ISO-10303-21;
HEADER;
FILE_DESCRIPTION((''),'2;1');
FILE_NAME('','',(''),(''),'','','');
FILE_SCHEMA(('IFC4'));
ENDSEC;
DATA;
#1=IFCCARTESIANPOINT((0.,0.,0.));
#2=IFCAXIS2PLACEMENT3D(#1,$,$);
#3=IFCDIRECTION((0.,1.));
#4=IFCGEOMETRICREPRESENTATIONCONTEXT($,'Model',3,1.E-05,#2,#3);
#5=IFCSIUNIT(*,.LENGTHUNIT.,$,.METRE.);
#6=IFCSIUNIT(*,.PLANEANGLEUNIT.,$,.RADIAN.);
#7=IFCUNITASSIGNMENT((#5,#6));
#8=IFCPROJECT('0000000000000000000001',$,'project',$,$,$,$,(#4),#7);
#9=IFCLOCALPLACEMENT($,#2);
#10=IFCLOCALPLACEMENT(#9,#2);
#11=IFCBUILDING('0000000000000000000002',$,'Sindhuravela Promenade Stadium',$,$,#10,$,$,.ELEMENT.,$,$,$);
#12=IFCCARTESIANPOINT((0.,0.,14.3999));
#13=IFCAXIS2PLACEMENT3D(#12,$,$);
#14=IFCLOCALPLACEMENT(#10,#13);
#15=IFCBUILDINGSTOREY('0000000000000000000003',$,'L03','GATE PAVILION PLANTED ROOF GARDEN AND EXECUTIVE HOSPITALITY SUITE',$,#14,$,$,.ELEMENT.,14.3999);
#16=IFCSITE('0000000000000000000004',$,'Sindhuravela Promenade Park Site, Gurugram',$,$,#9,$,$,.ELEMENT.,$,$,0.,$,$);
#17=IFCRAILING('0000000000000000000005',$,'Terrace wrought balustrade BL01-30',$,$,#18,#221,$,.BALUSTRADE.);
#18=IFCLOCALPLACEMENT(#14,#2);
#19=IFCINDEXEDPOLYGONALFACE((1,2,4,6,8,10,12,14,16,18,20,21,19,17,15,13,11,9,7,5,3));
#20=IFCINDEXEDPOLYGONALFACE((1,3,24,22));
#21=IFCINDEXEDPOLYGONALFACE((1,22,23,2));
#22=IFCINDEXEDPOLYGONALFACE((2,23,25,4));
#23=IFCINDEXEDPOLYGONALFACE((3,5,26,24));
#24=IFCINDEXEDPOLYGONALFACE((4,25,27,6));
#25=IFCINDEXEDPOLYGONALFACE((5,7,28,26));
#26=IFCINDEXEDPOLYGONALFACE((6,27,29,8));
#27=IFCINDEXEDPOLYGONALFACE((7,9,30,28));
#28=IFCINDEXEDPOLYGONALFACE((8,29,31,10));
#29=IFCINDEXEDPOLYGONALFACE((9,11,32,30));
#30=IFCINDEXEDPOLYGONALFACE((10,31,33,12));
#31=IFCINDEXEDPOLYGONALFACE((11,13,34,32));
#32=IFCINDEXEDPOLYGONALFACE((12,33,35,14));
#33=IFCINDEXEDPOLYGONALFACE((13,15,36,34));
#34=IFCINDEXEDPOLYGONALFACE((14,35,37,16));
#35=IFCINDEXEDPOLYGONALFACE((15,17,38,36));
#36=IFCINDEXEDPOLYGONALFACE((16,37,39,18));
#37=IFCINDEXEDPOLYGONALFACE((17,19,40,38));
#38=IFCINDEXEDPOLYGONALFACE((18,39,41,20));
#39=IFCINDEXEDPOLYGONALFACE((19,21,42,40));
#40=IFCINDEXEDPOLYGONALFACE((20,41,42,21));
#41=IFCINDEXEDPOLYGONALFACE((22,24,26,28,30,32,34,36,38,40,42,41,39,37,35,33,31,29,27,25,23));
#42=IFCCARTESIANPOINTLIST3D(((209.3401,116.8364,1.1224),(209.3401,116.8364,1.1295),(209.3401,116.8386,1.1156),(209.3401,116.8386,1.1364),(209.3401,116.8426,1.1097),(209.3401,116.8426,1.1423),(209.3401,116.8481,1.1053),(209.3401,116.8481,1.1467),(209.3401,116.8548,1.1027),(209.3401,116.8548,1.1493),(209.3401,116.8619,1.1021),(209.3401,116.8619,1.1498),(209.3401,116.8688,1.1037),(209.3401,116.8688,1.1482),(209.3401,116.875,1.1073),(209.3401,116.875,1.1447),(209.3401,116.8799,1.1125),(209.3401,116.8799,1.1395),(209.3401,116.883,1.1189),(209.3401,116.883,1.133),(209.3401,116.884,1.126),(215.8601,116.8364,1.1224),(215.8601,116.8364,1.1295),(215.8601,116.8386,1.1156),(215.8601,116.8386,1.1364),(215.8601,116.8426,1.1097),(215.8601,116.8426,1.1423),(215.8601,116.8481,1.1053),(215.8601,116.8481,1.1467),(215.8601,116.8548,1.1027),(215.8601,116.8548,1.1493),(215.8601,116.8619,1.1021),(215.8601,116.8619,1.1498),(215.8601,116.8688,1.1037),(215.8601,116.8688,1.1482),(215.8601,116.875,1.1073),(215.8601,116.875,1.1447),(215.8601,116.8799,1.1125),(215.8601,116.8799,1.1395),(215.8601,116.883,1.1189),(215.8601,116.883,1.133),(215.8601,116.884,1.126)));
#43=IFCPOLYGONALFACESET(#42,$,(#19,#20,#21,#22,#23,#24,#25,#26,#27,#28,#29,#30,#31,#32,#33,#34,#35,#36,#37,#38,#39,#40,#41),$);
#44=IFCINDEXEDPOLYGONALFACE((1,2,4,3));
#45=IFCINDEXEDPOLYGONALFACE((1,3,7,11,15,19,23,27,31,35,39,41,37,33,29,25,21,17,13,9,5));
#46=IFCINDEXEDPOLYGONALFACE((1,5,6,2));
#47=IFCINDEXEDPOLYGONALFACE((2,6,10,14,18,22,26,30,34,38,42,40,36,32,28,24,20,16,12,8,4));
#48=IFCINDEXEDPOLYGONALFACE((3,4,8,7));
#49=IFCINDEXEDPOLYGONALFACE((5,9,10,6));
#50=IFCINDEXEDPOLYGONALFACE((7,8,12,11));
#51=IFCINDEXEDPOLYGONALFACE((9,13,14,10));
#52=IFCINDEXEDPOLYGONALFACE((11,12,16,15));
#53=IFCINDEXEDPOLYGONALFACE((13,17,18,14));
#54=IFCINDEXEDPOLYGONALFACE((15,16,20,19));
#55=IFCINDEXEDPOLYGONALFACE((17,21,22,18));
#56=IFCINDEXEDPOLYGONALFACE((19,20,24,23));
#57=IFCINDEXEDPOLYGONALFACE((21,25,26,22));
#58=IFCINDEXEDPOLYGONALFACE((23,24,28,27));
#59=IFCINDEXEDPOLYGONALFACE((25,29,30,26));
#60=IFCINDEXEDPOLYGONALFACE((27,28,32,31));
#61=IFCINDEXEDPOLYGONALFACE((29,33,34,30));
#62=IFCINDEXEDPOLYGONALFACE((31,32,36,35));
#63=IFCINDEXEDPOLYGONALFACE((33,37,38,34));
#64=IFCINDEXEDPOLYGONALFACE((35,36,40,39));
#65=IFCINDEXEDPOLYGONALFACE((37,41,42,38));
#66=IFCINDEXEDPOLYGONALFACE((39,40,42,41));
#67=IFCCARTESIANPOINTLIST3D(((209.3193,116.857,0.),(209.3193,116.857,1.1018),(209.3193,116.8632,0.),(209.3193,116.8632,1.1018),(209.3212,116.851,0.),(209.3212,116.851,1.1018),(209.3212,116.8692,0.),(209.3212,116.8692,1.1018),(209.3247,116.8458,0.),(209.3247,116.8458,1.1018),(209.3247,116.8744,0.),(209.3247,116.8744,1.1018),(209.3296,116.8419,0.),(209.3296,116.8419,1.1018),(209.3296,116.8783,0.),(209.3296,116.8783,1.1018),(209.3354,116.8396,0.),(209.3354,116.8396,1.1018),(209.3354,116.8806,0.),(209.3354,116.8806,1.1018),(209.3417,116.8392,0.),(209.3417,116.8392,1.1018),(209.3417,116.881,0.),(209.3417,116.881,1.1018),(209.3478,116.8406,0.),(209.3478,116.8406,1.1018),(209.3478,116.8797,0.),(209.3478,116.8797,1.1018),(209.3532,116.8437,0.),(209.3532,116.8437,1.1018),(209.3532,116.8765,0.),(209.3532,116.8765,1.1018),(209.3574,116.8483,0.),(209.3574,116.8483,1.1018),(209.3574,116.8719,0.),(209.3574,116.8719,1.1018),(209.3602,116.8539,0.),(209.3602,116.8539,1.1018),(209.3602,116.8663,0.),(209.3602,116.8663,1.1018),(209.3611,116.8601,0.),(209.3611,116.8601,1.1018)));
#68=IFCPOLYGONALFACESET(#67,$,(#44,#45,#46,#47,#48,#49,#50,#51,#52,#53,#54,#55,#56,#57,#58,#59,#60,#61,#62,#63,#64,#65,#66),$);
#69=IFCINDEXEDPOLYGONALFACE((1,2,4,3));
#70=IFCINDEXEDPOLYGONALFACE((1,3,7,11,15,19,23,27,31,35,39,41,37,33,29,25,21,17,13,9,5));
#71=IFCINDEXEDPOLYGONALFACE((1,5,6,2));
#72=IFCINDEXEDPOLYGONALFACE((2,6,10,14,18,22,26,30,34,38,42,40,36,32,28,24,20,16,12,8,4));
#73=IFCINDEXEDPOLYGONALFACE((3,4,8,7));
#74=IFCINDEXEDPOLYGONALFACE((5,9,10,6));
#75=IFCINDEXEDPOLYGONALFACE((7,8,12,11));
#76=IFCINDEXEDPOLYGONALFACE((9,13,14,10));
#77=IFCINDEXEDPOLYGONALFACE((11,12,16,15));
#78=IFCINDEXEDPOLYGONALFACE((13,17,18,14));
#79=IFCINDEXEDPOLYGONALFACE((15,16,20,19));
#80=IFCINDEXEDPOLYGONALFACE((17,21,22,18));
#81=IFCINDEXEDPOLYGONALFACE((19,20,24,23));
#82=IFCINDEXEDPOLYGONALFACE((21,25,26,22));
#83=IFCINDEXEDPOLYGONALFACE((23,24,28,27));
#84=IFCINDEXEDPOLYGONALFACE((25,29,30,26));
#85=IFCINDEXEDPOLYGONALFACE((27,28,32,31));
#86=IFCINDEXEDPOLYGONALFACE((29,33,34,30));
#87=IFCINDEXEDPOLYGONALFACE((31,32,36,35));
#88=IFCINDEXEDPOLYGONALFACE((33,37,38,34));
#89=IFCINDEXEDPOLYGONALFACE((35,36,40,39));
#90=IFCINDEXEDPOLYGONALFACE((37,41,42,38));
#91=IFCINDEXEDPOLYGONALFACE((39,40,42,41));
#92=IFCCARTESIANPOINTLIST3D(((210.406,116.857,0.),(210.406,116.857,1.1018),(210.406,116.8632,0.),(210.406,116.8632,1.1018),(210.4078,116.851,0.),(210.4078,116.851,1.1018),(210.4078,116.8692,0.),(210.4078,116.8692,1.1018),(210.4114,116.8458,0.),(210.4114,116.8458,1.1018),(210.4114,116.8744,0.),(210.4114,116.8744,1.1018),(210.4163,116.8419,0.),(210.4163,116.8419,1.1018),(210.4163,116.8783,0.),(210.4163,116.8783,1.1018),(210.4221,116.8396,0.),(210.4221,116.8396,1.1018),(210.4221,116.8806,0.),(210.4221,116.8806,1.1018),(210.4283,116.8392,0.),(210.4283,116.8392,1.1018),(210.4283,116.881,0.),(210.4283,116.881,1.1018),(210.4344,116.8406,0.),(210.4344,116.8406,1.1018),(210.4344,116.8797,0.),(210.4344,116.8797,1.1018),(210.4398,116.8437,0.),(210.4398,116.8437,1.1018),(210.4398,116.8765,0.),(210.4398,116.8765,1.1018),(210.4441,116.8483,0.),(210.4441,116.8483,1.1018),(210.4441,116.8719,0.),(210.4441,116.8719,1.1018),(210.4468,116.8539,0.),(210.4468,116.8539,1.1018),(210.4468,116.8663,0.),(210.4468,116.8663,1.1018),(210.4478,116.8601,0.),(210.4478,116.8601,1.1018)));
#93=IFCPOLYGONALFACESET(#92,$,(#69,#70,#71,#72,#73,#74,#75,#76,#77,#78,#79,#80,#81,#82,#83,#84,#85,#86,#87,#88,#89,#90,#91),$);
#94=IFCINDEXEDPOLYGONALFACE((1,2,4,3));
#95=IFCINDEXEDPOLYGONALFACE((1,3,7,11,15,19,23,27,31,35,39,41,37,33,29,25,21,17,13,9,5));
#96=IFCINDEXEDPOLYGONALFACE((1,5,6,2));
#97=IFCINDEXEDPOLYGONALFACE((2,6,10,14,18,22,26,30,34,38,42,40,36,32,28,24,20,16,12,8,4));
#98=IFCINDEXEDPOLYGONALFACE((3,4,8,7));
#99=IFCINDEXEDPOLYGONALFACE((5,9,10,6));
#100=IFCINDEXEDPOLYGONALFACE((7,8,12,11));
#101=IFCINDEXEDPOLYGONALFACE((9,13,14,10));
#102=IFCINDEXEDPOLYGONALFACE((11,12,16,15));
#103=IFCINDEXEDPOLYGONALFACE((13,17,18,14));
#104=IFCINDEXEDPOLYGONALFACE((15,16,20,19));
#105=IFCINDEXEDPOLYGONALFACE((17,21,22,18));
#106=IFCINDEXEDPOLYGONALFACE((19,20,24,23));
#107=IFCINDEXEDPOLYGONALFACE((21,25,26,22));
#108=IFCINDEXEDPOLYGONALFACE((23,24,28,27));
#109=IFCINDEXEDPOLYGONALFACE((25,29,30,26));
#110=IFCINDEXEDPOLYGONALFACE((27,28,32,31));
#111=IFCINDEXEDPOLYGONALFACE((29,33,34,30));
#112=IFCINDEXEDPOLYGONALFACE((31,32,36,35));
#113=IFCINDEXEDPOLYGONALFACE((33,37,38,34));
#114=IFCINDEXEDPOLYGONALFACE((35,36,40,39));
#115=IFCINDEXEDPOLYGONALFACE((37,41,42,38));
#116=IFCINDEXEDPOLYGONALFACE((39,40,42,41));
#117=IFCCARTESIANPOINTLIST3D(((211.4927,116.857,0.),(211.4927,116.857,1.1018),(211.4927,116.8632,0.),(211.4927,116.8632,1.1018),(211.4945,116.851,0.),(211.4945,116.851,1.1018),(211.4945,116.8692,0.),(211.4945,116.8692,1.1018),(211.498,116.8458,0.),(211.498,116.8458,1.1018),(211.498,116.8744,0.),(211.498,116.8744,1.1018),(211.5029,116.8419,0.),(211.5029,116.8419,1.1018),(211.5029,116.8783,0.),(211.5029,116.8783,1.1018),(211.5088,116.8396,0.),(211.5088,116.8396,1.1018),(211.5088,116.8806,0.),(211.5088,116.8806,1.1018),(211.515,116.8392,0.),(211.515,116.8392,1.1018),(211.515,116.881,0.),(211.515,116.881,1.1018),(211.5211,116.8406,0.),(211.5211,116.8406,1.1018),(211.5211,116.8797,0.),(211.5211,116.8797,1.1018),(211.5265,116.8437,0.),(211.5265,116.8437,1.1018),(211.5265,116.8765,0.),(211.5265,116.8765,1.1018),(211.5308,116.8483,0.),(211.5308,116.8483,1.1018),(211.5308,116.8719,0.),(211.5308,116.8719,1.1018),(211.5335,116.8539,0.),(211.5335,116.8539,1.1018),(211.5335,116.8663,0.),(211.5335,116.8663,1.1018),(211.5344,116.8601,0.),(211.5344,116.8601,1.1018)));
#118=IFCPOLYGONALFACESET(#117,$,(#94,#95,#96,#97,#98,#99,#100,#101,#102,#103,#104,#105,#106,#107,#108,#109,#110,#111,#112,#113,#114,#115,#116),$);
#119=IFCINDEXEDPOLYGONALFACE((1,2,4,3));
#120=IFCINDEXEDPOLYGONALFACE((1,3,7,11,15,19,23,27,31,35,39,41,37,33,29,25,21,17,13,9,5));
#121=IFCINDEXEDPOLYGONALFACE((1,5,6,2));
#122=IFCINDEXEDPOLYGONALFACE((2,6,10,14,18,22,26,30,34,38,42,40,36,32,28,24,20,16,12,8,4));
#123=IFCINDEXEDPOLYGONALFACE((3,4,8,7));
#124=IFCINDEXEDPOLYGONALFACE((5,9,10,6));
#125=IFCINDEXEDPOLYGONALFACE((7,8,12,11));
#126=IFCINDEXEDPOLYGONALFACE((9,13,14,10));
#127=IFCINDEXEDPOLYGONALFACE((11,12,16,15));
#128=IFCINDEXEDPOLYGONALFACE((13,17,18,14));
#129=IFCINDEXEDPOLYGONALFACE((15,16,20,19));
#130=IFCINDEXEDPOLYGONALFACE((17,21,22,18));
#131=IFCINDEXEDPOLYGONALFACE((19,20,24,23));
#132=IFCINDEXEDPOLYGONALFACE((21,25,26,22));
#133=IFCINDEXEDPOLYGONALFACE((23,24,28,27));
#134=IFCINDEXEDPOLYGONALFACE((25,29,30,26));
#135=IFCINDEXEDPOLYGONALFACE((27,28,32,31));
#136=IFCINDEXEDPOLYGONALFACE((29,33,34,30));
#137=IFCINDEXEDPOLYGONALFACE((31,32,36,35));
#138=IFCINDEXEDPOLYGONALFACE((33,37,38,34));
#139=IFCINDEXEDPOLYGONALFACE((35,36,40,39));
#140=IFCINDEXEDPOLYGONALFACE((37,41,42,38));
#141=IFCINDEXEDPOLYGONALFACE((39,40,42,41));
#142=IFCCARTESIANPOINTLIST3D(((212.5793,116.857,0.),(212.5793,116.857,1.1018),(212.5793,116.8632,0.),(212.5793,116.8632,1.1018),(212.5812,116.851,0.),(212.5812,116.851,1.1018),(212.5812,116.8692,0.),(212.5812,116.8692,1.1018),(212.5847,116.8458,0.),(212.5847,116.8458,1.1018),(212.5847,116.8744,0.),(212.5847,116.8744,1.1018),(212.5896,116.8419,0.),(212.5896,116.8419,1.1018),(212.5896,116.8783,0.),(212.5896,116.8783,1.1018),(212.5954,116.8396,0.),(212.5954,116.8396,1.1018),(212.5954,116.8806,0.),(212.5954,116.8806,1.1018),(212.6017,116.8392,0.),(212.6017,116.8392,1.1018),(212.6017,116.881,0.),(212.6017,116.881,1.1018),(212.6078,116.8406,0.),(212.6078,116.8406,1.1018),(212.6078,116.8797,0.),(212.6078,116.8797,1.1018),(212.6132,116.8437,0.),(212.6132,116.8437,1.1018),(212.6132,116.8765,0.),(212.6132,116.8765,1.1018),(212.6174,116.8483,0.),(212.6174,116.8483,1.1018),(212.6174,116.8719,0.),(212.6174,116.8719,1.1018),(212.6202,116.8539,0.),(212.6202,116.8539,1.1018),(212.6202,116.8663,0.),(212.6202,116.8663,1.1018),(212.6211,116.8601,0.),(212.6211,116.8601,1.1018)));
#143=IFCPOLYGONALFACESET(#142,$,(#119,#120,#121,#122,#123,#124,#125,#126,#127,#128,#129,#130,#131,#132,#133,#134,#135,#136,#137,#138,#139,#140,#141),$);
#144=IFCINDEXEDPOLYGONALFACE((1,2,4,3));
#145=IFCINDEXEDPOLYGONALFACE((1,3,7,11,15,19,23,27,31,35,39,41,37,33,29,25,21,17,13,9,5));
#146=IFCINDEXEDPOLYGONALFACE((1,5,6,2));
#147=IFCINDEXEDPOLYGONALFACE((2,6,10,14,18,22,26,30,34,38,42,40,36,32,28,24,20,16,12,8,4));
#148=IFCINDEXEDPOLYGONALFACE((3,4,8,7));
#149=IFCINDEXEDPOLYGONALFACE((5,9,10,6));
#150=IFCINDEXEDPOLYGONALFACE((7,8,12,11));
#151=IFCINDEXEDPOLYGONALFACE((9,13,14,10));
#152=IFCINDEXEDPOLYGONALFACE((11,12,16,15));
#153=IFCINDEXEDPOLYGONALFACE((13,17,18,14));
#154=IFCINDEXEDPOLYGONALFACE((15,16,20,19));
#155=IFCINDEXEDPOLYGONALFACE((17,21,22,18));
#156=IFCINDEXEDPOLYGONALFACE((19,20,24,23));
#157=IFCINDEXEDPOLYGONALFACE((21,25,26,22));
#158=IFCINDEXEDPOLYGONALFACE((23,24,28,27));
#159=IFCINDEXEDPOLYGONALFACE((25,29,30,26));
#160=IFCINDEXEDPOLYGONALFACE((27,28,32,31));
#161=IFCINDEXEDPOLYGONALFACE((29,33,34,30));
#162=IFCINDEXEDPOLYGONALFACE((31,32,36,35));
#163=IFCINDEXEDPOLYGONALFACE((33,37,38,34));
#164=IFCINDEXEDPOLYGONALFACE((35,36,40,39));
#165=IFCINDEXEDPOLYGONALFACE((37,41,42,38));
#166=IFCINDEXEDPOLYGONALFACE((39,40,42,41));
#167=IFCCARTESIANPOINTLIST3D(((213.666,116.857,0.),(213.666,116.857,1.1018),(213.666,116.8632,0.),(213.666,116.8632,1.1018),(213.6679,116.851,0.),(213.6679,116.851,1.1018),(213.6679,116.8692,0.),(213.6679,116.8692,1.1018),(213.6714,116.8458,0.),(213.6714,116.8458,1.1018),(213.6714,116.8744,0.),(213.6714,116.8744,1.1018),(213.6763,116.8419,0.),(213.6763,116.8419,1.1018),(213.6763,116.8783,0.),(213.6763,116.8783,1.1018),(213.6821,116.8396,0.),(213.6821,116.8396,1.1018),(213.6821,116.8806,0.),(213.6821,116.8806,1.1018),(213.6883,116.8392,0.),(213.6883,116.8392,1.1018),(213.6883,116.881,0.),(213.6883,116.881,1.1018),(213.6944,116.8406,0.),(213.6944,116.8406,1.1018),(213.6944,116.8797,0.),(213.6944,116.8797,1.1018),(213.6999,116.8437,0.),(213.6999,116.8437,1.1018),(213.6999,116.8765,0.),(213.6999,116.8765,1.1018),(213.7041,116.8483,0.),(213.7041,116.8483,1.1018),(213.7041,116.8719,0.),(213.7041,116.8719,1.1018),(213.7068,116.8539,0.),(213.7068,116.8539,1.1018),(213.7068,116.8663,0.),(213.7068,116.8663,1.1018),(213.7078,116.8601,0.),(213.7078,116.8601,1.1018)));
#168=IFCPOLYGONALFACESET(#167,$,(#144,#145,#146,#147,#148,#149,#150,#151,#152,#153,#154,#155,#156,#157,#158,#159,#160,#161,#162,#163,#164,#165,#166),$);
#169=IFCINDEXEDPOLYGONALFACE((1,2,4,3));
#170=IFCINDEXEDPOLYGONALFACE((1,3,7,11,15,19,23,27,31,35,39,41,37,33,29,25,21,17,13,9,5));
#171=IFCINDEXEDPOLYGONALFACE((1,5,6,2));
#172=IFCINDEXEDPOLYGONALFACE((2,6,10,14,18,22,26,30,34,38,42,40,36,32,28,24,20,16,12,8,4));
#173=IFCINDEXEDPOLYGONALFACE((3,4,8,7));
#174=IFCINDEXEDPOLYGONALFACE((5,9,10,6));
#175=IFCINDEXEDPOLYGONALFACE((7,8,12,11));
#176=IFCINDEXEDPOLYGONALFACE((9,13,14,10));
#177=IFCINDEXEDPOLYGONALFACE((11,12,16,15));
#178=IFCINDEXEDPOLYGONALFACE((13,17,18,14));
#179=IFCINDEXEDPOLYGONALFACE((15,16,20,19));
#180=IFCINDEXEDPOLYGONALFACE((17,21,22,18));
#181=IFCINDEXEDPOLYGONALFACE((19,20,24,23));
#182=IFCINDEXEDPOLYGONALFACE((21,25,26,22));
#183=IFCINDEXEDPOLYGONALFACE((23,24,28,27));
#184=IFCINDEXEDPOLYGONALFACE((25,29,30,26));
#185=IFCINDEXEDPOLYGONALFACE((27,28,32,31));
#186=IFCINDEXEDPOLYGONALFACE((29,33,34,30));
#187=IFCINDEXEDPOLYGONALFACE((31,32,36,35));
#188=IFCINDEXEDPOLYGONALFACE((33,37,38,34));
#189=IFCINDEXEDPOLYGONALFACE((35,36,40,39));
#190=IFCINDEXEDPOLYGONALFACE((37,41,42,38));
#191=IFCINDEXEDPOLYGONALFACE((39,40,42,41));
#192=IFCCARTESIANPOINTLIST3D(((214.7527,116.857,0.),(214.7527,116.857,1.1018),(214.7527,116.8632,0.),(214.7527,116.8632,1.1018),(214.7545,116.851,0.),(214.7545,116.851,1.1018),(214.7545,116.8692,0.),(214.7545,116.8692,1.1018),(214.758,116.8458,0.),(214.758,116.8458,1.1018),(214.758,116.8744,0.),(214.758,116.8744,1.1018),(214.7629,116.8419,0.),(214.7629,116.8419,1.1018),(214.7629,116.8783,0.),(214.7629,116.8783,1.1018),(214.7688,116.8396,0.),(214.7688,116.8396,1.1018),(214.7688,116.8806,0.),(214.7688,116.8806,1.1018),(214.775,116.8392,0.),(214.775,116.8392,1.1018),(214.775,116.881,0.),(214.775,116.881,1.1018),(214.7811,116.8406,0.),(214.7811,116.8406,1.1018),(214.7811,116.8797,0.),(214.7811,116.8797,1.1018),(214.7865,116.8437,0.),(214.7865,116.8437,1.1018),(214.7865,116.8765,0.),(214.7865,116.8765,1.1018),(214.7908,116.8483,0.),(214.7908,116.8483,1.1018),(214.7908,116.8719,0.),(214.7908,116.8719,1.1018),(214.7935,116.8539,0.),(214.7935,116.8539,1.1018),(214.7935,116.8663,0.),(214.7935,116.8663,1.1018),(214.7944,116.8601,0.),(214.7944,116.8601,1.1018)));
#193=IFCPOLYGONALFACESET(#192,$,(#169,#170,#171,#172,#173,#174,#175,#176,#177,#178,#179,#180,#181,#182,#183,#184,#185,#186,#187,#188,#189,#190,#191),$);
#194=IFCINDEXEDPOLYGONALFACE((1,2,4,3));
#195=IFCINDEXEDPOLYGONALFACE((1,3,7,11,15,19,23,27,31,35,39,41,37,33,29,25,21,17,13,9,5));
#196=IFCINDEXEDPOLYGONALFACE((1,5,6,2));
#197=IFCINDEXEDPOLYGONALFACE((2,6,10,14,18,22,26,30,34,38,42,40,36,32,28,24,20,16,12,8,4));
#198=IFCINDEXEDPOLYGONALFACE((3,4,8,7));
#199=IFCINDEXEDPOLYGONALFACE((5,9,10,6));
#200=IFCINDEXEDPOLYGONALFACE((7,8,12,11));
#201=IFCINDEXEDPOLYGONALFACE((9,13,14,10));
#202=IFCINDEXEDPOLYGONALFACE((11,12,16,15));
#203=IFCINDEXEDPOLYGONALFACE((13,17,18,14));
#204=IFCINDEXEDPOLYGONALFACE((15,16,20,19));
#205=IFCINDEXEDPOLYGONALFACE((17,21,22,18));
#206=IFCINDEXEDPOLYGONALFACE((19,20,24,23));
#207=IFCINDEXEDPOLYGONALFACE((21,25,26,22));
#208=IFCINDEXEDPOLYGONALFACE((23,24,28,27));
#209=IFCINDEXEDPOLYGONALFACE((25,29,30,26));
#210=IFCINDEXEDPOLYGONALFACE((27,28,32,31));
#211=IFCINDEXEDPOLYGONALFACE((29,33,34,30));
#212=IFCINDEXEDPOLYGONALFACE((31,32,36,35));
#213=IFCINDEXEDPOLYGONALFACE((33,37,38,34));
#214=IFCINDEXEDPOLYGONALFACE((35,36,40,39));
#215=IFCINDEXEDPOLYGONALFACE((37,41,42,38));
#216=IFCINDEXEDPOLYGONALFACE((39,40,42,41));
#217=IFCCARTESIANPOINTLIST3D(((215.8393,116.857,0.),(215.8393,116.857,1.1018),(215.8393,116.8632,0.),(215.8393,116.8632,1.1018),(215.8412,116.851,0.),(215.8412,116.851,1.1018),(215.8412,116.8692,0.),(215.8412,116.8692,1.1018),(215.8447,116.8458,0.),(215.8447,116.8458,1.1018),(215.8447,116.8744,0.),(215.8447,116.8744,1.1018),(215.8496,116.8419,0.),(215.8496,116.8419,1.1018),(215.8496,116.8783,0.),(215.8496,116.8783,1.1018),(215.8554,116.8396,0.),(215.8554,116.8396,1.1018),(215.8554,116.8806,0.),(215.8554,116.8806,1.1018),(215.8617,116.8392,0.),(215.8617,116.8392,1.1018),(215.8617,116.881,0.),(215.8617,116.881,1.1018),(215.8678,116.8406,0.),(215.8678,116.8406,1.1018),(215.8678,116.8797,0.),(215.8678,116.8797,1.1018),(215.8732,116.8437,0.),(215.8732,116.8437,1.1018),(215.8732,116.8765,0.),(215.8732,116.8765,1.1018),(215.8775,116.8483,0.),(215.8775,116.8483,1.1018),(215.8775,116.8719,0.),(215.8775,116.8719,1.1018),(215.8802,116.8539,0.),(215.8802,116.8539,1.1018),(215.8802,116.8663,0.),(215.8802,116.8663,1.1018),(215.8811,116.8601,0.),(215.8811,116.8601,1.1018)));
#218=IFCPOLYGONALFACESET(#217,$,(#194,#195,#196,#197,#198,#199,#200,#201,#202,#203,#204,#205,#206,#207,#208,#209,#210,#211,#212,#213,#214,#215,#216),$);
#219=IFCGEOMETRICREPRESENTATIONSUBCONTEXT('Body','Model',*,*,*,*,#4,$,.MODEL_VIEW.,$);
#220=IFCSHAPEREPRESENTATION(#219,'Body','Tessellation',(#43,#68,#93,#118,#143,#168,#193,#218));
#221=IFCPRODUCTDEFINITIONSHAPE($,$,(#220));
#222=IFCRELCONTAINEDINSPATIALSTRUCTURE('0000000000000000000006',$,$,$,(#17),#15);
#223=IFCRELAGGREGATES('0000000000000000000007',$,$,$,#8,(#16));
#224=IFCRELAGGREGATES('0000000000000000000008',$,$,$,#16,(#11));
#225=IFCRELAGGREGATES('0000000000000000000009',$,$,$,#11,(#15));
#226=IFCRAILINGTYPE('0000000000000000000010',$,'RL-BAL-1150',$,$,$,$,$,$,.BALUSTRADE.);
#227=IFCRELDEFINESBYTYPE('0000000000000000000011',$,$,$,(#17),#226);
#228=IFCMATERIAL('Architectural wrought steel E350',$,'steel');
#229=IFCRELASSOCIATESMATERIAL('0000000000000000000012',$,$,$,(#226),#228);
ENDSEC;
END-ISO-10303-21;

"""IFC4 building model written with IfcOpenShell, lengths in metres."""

from ifc_helpers import new_model, si_unit, direction, frame, origin, origin_2d, place, context, subcontext, project, spatial, circle, extrude, material, type_object, element, save


model = new_model("IFC4")

# Units and contexts
model_context = context("Model", 3, precision=1e-05, world=origin(), true_north=direction((0.0, 1.0)))
body_context = subcontext(model_context, "Body", "Model", "MODEL_VIEW")
ifc_project = project(units=[si_unit("LENGTHUNIT", "METRE"), si_unit("PLANEANGLEUNIT", "RADIAN")], contexts=[model_context])

# Site, building, storey
site_placement = place(None, origin())
site = spatial("IfcSite", under=ifc_project, at=site_placement, Name="Sindhuravela Promenade Park Site, Gurugram", CompositionType="ELEMENT", RefElevation=0.0)
building_placement = place(site_placement, origin())
building = spatial("IfcBuilding", under=site, at=building_placement, Name="Sindhuravela Promenade Stadium", CompositionType="ELEMENT")
storey_placement = place(building_placement, frame((0.0, 0.0, 14.3999)))
storey = spatial("IfcBuildingStorey", under=building, at=storey_placement, Name="L03", Description="GATE PAVILION PLANTED ROOF GARDEN AND EXECUTIVE HOSPITALITY SUITE", CompositionType="ELEMENT", Elevation=14.3999)

# Railing
ifc_material_1 = material(Name="Architectural wrought steel E350", Category="steel")
railing_type = type_object("IfcRailingType", Name="RL-BAL-1150", PredefinedType="BALUSTRADE", material=ifc_material_1)
railing_1_placement = place(storey_placement, frame((209.3401, 116.8601, 0.0)))
element("IfcRailing", 1, at=railing_1_placement, inside=storey, type_object=railing_type, Name="Terrace wrought balustrade BL01-30", PredefinedType="BALUSTRADE", context=body_context, shape_type="SweptSolid", body=[
    extrude(circle(Radius=0.0239, at=origin_2d()), frame((0.0, 0.0, 1.126), z_axis=(1.0, 0.0, 0.0), x_axis=(0.0, 1.0, 0.0)), (0.0, 0.0, 1.0), 6.52),
    extrude(circle(Radius=0.021, at=origin_2d()), origin(), (0.0, 0.0, 1.0), 1.1018),
    extrude(circle(Radius=0.021, at=origin_2d()), frame((1.0867, 0.0, 0.0)), (0.0, 0.0, 1.0), 1.1018),
    extrude(circle(Radius=0.021, at=origin_2d()), frame((2.1733, 0.0, 0.0)), (0.0, 0.0, 1.0), 1.1018),
    extrude(circle(Radius=0.021, at=origin_2d()), frame((3.26, 0.0, 0.0)), (0.0, 0.0, 1.0), 1.1018),
    extrude(circle(Radius=0.021, at=origin_2d()), frame((4.3467, 0.0, 0.0)), (0.0, 0.0, 1.0), 1.1018),
    extrude(circle(Radius=0.021, at=origin_2d()), frame((5.4333, 0.0, 0.0)), (0.0, 0.0, 1.0), 1.1018),
    extrude(circle(Radius=0.021, at=origin_2d()), frame((6.52, 0.0, 0.0)), (0.0, 0.0, 1.0), 1.1018),
])

save(model, "model.ifc")
